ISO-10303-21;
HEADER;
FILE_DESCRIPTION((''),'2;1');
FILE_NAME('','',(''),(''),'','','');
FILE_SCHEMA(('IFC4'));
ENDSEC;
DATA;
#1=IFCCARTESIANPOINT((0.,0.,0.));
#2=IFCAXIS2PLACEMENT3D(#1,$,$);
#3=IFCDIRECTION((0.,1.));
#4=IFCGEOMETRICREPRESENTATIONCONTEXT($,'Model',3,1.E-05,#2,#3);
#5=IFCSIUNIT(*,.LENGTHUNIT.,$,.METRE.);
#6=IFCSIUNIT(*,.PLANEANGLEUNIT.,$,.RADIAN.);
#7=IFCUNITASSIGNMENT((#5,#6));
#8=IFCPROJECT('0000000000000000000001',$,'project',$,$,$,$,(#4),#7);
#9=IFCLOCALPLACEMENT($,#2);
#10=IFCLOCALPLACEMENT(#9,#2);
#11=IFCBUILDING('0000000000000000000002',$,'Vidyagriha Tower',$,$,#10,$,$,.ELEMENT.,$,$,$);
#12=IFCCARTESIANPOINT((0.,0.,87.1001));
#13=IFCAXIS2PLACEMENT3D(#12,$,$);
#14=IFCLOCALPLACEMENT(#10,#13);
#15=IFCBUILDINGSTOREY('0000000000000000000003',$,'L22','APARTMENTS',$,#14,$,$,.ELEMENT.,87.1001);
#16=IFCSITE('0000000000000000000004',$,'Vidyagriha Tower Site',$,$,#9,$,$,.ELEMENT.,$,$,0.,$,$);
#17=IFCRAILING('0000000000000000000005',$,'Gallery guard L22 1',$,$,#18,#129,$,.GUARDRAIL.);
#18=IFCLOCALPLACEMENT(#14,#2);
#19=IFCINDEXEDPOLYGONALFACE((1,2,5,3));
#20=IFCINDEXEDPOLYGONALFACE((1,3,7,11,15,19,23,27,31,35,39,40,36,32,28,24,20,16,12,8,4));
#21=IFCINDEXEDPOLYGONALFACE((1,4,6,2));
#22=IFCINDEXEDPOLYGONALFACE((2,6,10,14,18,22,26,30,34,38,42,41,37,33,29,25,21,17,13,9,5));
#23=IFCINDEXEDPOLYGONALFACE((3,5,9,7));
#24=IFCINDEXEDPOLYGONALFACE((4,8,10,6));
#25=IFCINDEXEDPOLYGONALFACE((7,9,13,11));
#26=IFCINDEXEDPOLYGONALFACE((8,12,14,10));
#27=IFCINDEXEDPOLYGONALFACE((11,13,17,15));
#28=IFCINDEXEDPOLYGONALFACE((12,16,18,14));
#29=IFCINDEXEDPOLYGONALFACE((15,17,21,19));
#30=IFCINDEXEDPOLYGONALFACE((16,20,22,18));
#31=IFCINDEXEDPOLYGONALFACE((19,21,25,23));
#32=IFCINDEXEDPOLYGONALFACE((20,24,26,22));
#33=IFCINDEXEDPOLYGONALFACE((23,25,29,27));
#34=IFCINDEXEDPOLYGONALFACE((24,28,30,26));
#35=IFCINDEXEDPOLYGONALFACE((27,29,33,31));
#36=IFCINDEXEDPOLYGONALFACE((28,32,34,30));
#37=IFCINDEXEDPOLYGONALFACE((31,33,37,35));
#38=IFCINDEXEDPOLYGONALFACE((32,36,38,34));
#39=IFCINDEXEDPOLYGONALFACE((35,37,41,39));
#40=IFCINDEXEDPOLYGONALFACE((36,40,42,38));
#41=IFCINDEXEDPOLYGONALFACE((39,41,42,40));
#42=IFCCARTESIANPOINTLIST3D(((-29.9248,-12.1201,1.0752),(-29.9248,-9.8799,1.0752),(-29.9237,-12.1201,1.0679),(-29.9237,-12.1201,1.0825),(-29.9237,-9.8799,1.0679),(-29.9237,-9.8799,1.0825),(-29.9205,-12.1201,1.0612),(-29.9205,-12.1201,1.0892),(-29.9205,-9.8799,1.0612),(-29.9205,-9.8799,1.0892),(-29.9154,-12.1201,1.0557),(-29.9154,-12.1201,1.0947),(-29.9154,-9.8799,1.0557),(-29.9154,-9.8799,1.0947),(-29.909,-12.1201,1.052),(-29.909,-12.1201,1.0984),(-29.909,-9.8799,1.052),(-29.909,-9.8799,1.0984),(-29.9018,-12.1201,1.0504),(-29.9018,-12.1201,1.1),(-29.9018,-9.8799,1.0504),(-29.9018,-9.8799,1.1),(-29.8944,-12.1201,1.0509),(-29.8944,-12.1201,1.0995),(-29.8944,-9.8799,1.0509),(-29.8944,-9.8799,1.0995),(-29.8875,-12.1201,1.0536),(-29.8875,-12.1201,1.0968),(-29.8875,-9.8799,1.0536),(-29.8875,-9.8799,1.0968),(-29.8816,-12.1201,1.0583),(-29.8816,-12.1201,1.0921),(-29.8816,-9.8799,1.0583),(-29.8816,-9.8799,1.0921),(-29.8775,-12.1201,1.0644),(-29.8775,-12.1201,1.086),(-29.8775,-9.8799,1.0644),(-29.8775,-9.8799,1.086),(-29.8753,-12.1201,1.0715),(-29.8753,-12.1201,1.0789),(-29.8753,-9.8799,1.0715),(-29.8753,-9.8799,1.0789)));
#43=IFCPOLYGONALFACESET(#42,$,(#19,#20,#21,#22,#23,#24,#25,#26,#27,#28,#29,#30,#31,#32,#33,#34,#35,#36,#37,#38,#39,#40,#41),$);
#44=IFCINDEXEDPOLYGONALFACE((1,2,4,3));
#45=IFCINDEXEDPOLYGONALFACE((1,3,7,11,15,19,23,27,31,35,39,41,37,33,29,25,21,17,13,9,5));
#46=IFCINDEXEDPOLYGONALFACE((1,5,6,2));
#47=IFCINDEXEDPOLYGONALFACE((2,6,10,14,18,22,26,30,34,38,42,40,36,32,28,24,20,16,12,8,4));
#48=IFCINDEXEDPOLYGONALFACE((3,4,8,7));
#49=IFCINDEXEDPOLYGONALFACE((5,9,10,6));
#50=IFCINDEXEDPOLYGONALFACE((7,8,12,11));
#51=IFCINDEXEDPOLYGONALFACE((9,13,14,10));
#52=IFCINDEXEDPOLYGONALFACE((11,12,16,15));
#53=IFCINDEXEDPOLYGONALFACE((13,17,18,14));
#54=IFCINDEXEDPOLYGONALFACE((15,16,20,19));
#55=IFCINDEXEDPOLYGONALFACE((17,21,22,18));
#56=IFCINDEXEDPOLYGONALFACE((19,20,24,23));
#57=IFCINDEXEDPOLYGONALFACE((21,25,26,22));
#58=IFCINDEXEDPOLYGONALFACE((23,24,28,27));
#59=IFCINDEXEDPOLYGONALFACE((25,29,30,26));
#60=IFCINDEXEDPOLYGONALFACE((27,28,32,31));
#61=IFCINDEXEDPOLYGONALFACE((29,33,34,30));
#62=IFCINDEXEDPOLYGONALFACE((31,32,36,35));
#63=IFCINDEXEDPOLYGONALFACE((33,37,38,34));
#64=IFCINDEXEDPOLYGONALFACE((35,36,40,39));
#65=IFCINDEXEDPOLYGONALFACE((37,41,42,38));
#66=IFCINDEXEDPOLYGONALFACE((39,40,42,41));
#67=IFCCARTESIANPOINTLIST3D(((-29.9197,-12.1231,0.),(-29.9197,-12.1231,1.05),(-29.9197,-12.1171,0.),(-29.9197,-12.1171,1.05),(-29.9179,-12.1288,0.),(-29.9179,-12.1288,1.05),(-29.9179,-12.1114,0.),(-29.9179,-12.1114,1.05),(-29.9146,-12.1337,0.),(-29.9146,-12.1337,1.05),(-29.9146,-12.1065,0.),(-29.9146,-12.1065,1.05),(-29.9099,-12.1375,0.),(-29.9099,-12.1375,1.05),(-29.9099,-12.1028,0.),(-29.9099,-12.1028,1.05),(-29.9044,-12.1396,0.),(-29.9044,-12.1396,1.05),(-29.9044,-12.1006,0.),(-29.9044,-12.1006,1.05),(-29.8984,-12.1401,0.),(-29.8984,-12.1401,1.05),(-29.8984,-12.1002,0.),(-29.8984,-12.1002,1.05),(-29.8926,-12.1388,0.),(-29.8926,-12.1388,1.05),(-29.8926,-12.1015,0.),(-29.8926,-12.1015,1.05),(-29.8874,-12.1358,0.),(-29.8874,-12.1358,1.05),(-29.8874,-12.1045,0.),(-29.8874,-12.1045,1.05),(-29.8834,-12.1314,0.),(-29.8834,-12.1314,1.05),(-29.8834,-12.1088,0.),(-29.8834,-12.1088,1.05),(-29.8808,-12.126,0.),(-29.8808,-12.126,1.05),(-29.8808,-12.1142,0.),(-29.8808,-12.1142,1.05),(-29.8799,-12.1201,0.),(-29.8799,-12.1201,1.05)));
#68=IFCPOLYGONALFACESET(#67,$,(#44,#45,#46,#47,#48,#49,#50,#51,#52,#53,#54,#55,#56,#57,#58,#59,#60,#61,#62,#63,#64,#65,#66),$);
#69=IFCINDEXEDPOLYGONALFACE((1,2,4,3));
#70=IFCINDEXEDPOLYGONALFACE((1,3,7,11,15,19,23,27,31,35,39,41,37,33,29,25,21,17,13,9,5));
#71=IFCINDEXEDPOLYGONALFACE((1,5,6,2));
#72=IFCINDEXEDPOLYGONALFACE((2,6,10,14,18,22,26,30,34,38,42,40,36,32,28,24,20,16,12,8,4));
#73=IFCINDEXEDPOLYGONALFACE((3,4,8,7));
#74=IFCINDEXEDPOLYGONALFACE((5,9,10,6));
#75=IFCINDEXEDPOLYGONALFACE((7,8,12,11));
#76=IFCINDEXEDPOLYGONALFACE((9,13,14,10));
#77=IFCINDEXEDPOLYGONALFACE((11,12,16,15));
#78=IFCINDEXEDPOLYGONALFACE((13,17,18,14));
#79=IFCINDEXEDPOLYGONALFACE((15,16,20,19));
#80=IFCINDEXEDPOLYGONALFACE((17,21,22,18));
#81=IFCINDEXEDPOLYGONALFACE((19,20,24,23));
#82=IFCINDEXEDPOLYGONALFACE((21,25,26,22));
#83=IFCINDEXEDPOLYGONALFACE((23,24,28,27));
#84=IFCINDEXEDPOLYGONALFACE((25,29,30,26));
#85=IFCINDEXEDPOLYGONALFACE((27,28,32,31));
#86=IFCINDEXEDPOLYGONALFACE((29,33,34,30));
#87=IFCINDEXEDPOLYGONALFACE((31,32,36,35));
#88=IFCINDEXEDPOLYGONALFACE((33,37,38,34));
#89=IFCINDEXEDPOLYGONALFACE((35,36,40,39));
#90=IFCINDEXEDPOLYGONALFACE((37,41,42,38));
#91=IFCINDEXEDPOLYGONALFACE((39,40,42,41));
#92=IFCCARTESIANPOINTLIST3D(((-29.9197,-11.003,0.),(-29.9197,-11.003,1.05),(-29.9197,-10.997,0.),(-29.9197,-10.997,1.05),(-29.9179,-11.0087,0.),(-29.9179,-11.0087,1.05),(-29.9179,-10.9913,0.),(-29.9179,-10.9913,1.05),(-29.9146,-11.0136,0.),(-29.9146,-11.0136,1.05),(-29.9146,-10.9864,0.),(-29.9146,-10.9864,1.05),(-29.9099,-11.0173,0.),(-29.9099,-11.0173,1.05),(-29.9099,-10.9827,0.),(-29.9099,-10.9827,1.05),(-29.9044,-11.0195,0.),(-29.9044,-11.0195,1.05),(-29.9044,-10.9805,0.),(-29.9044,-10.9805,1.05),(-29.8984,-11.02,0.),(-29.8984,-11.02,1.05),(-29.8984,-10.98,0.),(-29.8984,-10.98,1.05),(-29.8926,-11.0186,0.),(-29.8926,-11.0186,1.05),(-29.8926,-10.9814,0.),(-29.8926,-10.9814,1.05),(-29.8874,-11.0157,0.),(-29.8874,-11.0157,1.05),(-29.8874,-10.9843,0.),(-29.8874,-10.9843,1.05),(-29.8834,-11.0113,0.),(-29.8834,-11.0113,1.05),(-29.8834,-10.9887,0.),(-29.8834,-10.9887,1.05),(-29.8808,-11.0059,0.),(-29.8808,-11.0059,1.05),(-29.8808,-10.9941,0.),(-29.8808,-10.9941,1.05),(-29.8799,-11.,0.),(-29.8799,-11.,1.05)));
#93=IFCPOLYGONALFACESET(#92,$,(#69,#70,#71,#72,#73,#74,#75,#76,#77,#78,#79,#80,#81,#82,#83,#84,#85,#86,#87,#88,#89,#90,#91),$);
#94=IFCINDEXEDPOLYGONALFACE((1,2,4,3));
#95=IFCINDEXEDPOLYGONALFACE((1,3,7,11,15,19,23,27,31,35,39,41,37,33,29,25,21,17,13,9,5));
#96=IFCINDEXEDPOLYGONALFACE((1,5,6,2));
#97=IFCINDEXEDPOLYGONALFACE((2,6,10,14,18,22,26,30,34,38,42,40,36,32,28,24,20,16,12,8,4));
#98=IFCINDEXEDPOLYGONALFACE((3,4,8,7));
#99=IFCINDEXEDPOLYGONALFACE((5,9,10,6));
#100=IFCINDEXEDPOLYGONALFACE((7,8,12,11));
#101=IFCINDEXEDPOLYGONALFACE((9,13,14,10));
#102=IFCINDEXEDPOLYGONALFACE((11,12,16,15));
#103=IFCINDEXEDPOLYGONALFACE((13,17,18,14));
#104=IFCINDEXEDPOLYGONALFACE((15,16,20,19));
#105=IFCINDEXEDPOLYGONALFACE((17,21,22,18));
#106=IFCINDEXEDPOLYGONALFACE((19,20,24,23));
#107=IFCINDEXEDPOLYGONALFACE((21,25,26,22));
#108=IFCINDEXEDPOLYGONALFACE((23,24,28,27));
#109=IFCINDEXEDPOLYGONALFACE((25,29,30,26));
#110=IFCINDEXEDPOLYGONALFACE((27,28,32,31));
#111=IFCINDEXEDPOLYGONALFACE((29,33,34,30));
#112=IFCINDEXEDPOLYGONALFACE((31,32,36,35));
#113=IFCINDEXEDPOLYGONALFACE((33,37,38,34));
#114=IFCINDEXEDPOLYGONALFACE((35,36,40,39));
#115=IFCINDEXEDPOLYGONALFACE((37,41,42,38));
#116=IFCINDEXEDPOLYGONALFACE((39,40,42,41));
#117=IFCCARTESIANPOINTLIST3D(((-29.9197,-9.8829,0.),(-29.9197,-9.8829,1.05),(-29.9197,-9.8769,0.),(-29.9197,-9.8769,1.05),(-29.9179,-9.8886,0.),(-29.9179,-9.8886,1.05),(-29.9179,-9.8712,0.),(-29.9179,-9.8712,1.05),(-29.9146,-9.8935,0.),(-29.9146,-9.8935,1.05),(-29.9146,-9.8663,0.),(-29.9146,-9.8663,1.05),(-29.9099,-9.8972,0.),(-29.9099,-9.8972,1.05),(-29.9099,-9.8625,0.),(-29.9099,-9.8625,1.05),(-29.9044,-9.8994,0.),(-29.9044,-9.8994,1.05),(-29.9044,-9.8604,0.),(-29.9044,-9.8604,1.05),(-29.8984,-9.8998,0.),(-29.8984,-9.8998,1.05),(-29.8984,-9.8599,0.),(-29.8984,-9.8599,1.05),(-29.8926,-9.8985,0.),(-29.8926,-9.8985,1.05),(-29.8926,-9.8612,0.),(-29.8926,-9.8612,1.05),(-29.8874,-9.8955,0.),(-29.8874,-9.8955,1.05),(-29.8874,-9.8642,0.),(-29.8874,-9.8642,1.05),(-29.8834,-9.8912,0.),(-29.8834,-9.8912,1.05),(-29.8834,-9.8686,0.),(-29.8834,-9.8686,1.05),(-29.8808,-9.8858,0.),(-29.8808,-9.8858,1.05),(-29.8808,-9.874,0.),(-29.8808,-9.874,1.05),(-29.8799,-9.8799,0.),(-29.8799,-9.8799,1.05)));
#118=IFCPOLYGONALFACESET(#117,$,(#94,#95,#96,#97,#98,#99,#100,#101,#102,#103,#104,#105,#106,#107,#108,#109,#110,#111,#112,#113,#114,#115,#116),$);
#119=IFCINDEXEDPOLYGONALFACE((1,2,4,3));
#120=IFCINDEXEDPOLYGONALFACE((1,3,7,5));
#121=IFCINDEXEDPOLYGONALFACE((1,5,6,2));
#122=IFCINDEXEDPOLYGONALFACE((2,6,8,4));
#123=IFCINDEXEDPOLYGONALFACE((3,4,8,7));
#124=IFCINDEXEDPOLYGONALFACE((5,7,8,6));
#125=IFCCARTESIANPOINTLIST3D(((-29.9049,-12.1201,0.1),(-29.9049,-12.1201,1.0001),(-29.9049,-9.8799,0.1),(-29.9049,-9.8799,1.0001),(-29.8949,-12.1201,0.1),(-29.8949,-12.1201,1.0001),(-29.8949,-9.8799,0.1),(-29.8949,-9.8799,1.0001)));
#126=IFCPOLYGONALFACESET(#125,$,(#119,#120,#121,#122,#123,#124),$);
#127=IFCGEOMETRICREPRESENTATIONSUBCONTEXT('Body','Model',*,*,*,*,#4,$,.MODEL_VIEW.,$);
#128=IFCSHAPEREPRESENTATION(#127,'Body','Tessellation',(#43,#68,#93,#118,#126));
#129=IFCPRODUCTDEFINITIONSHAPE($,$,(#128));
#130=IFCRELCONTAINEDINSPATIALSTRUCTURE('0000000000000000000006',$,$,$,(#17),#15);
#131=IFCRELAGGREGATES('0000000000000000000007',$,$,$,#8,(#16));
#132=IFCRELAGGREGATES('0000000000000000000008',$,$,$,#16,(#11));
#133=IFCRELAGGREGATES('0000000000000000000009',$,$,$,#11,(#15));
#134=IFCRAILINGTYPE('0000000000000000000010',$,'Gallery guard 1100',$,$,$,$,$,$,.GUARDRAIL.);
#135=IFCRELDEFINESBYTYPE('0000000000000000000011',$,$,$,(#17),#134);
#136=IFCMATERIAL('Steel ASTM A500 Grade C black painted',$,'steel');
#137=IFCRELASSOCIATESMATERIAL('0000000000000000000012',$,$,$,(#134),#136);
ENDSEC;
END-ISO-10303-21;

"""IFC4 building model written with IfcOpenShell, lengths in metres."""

from ifc_helpers import new_model, si_unit, direction, frame, origin, origin_2d, place, context, subcontext, project, spatial, rectangle, circle, extrude, material, type_object, element, save


model = new_model("IFC4")

# Units and contexts
model_context = context("Model", 3, precision=1e-05, world=origin(), true_north=direction((0.0, 1.0)))
body_context = subcontext(model_context, "Body", "Model", "MODEL_VIEW")
ifc_project = project(units=[si_unit("LENGTHUNIT", "METRE"), si_unit("PLANEANGLEUNIT", "RADIAN")], contexts=[model_context])

# Site, building, storey
site_placement = place(None, origin())
site = spatial("IfcSite", under=ifc_project, at=site_placement, Name="Vidyagriha Tower Site", CompositionType="ELEMENT", RefElevation=0.0)
building_placement = place(site_placement, origin())
building = spatial("IfcBuilding", under=site, at=building_placement, Name="Vidyagriha Tower", CompositionType="ELEMENT")
storey_placement = place(building_placement, frame((0.0, 0.0, 87.1001)))
storey = spatial("IfcBuildingStorey", under=building, at=storey_placement, Name="L22", Description="APARTMENTS", CompositionType="ELEMENT", Elevation=87.1001)

# Railing
ifc_material_1 = material(Name="Steel ASTM A500 Grade C black painted", Category="steel")
railing_type_1 = type_object("IfcRailingType", Name="Gallery guard 1100", PredefinedType="GUARDRAIL", material=ifc_material_1)
railing_1_placement = place(storey_placement, frame((-29.8999, -12.1201, 0.0)))
element("IfcRailing", 1, at=railing_1_placement, inside=storey, type_object=railing_type_1, Name="Gallery guard L22 1", PredefinedType="GUARDRAIL", context=body_context, shape_type="SweptSolid", body=[
    extrude(circle(Radius=0.0249, at=origin_2d()), frame((0.0, 0.0, 1.0752), z_axis=(0.0, 1.0, 0.0), x_axis=(-1.0, 0.0, 0.0)), (0.0, 0.0, 1.0), 2.2402),
    extrude(circle(Radius=0.02, at=origin_2d()), origin(), (0.0, 0.0, 1.0), 1.05),
    extrude(circle(Radius=0.02, at=origin_2d()), frame((0.0, 1.1201, 0.0)), (0.0, 0.0, 1.0), 1.05),
    extrude(circle(Radius=0.02, at=origin_2d()), frame((0.0, 2.2402, 0.0)), (0.0, 0.0, 1.0), 1.05),
    extrude(rectangle(XDim=0.01, YDim=0.9001, at=origin_2d()), frame((0.0, 0.0, 0.55), z_axis=(0.0, 1.0, 0.0), x_axis=(-1.0, 0.0, 0.0)), (0.0, 0.0, 1.0), 2.2402),
])

save(model, "model.ifc")
